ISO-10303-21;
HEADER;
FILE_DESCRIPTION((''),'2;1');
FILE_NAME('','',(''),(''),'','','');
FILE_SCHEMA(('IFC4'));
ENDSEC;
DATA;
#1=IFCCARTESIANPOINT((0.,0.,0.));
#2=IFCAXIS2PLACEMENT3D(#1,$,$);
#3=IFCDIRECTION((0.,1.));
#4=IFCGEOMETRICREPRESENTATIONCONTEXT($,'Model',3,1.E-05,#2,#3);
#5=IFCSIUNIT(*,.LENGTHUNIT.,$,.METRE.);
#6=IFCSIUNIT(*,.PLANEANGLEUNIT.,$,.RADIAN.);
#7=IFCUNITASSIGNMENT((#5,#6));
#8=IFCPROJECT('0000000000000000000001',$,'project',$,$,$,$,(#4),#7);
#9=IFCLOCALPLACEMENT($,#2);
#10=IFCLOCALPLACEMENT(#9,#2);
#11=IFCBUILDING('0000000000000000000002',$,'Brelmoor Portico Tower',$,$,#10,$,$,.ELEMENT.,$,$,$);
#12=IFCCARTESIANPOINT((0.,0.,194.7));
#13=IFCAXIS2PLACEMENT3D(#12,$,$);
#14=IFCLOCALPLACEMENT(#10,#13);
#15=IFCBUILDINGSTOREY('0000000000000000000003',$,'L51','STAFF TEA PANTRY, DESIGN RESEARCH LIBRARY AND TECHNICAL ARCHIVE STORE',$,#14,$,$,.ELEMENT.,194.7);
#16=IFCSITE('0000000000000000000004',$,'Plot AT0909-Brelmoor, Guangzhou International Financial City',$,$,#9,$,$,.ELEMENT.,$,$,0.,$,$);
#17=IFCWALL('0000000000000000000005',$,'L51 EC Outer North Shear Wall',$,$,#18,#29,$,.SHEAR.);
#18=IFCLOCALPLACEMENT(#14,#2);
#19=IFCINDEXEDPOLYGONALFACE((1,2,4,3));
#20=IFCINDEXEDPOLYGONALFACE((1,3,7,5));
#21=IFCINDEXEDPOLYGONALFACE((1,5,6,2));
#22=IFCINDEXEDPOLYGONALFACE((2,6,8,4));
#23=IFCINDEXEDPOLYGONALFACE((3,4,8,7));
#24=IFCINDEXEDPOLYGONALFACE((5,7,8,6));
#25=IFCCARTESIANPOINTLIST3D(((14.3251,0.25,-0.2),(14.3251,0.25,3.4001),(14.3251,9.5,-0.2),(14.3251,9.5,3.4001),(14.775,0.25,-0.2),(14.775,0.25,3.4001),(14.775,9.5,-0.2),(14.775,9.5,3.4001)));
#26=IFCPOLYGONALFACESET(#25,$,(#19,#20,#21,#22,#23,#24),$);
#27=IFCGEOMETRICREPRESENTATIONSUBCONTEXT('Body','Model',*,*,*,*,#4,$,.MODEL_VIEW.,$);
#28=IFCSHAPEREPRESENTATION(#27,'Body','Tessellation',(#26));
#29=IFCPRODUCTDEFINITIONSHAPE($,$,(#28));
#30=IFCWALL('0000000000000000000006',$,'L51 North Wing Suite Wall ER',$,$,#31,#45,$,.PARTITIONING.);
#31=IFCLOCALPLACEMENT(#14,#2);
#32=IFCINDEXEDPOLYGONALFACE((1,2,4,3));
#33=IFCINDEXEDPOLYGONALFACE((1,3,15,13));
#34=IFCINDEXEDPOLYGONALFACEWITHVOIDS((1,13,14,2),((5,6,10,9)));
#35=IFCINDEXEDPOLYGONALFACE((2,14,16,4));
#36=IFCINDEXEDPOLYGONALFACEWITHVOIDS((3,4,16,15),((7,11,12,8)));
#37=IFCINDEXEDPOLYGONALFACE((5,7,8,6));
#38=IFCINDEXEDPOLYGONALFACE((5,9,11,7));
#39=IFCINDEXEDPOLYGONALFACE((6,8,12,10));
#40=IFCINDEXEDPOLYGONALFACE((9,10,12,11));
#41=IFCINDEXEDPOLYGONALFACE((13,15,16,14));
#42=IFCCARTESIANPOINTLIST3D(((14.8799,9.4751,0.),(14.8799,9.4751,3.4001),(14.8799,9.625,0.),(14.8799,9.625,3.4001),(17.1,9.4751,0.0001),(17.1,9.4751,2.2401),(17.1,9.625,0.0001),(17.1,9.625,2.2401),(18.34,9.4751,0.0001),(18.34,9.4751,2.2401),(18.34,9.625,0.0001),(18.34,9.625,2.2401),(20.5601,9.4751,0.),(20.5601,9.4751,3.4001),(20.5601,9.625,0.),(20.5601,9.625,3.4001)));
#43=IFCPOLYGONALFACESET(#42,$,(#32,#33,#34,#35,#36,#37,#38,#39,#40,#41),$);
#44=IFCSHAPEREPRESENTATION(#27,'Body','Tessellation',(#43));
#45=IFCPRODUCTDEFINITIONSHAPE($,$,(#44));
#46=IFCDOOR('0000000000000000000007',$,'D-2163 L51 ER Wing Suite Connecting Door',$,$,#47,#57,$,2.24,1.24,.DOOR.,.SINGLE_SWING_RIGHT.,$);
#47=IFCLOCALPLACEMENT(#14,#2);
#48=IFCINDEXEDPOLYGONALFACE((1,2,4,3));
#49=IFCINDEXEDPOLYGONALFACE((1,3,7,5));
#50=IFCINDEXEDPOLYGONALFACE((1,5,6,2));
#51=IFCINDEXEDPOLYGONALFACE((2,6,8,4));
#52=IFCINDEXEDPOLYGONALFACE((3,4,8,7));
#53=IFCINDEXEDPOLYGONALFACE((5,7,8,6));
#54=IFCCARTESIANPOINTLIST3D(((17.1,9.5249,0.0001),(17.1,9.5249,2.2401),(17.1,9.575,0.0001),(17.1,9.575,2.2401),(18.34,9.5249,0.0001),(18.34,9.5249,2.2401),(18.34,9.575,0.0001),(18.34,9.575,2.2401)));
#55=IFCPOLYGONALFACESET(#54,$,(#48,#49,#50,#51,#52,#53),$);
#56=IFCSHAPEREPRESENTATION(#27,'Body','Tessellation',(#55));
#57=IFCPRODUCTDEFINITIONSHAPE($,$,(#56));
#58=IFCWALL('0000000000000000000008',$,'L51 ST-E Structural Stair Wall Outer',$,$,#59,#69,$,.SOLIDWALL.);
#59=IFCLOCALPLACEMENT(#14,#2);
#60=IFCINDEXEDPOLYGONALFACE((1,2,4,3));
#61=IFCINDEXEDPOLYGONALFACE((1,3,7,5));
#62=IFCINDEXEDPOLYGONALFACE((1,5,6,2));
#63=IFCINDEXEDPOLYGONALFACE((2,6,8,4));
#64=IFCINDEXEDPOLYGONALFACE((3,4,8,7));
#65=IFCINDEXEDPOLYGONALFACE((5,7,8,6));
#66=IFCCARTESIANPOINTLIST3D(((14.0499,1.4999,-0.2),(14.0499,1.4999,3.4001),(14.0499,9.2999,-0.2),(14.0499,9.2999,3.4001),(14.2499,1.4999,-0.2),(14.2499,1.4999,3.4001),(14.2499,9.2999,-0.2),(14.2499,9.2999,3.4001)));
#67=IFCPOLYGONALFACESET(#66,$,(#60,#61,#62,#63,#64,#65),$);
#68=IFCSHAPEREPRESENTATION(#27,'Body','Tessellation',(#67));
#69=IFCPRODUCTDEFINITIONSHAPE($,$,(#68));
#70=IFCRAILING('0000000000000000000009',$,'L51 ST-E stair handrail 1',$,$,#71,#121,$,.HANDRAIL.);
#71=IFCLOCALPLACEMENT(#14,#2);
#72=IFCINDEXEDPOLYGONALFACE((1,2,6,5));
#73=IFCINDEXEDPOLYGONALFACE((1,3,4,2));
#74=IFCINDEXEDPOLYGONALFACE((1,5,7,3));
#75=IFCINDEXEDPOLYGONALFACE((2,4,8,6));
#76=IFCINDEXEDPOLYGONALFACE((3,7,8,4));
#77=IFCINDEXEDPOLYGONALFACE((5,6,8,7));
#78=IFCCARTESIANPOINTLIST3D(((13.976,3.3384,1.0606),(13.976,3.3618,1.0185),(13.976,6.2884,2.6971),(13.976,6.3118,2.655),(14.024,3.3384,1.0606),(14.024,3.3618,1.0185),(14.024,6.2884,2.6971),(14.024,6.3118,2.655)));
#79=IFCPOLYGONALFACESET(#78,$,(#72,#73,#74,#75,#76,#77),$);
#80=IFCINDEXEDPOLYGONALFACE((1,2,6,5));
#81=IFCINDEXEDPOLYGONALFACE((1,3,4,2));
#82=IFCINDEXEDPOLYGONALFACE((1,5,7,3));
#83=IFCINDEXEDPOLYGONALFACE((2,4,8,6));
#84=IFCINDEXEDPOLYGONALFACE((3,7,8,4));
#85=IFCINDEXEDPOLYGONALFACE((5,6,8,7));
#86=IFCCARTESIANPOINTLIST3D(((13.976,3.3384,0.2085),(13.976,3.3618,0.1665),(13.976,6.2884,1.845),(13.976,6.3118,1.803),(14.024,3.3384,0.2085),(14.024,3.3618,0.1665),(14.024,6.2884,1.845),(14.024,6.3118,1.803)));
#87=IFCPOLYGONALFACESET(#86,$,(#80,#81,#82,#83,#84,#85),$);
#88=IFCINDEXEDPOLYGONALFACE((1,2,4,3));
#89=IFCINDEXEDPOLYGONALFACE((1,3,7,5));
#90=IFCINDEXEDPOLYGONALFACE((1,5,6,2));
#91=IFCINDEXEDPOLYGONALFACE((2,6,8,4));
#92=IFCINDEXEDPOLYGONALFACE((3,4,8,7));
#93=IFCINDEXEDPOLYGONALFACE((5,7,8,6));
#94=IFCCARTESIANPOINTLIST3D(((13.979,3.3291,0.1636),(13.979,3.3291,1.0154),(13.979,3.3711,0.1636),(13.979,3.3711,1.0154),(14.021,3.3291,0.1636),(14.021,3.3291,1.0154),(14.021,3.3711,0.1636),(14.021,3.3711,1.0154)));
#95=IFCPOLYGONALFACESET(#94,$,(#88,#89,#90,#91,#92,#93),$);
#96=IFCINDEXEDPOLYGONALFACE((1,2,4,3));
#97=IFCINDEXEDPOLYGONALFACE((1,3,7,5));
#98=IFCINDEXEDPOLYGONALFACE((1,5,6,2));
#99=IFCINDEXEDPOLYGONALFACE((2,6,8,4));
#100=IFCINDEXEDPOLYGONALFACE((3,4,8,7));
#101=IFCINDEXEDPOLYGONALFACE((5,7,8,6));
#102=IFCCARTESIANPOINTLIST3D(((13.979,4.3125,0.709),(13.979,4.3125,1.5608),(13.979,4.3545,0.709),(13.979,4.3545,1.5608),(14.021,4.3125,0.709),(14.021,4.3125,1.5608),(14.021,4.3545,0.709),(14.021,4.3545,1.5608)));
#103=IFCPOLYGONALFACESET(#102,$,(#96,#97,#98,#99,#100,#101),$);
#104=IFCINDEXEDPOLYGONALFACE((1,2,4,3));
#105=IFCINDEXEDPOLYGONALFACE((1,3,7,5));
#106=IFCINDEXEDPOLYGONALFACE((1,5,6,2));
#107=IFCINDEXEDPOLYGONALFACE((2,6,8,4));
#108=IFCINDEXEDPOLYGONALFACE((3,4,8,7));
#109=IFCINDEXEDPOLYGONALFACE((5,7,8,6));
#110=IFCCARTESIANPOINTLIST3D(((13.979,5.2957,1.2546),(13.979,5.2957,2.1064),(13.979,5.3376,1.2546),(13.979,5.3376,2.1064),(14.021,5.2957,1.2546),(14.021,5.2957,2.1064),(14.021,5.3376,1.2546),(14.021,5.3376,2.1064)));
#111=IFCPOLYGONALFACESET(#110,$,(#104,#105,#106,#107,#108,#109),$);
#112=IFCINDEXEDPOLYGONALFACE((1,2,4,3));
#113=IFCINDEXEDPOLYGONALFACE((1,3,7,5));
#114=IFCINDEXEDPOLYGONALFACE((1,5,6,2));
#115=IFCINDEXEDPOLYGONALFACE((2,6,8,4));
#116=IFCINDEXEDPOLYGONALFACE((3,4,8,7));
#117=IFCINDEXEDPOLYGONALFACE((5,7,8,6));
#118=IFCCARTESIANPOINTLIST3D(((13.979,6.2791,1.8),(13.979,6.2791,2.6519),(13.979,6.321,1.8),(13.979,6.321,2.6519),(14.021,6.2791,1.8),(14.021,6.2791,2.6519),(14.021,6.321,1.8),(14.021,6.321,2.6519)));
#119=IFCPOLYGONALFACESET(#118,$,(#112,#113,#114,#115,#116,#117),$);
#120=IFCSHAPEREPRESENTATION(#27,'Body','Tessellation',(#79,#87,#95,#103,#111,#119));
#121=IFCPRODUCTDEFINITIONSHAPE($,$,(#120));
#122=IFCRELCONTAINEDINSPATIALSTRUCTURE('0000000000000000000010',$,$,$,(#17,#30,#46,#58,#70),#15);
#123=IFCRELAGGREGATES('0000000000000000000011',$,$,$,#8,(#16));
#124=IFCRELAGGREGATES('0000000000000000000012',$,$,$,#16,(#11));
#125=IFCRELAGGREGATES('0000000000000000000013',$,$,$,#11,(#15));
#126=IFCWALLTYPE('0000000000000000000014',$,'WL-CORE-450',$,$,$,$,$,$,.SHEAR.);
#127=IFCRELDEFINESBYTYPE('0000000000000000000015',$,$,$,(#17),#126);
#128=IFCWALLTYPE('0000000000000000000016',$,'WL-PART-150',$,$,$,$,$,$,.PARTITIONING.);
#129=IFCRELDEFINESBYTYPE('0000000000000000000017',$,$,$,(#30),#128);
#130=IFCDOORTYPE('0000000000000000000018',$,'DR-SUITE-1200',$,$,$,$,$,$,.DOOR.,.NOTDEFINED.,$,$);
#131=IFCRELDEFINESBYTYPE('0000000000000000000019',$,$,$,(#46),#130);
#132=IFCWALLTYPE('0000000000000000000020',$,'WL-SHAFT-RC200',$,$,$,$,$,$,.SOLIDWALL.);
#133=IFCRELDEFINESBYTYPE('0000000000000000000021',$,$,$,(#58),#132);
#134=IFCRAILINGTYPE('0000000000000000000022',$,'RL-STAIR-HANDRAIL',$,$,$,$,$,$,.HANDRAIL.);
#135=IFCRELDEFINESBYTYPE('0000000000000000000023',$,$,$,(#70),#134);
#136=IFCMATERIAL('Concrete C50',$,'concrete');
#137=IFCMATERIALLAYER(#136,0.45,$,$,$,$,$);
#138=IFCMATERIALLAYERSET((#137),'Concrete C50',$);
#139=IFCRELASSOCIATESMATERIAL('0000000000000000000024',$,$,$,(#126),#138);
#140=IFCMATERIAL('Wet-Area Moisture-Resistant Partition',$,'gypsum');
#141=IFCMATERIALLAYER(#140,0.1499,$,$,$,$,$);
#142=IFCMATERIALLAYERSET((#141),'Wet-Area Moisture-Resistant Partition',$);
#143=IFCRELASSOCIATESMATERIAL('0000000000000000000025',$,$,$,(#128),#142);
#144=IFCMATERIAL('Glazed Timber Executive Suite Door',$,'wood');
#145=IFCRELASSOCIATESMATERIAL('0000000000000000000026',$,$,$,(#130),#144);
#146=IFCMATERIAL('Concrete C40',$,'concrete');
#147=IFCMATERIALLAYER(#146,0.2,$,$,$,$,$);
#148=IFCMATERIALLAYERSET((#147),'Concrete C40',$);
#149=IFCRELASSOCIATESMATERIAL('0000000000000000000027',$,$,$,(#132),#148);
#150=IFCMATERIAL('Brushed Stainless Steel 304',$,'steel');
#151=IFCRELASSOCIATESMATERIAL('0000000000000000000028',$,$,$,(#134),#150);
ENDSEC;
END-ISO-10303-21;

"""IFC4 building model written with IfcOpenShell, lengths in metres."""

from ifc_helpers import new_model, si_unit, direction, frame, frame_2d, origin, origin_2d, place, context, subcontext, project, spatial, rectangle, extrude, material, layer, layer_set, type_object, element, fill, save


model = new_model("IFC4")

# Units and contexts
model_context = context("Model", 3, precision=1e-05, world=origin(), true_north=direction((0.0, 1.0)))
body_context = subcontext(model_context, "Body", "Model", "MODEL_VIEW")
ifc_project = project(units=[si_unit("LENGTHUNIT", "METRE"), si_unit("PLANEANGLEUNIT", "RADIAN")], contexts=[model_context])

# Site, building, storey
site_placement = place(None, origin())
site = spatial("IfcSite", under=ifc_project, at=site_placement, Name="Plot AT0909-Brelmoor, Guangzhou International Financial City", CompositionType="ELEMENT", RefElevation=0.0)
building_placement = place(site_placement, origin())
building = spatial("IfcBuilding", under=site, at=building_placement, Name="Brelmoor Portico Tower", CompositionType="ELEMENT")
storey_placement = place(building_placement, frame((0.0, 0.0, 194.7)))
storey = spatial("IfcBuildingStorey", under=building, at=storey_placement, Name="L51", Description="STAFF TEA PANTRY, DESIGN RESEARCH LIBRARY AND TECHNICAL ARCHIVE STORE", CompositionType="ELEMENT", Elevation=194.7)

# Wall
ifc_material_1 = material(Name="Concrete C50", Category="concrete")
ifc_layer_1 = layer(ifc_material_1, 0.45)
ifc_layer_set_1 = layer_set([ifc_layer_1], Name="Concrete C50")
wall_type_1 = type_object("IfcWallType", Name="WL-CORE-450", PredefinedType="SHEAR", material=ifc_layer_set_1)
wall_1_placement = place(storey_placement, frame((14.55, 0.25, -0.2), z_axis=(0.0, 0.0, 1.0), x_axis=(0.0, 1.0, 0.0)))
element("IfcWall", 1, at=wall_1_placement, inside=storey, type_object=wall_type_1, Name="L51 EC Outer North Shear Wall", PredefinedType="SHEAR", context=body_context, shape_type="SweptSolid", body=[
    extrude(rectangle(XDim=9.25, YDim=0.45, at=frame_2d((4.625, 0.0))), origin(), (0.0, 0.0, 1.0), 3.6001),
])

# Wall, opening, door
ifc_material_2 = material(Name="Wet-Area Moisture-Resistant Partition", Category="gypsum")
ifc_layer_2 = layer(ifc_material_2, 0.1499)
ifc_layer_set_2 = layer_set([ifc_layer_2], Name="Wet-Area Moisture-Resistant Partition")
wall_type_2 = type_object("IfcWallType", Name="WL-PART-150", PredefinedType="PARTITIONING", material=ifc_layer_set_2)
wall_2_placement = place(storey_placement, frame((14.8799, 9.55, 0.0), z_axis=(0.0, 0.0, 1.0), x_axis=(1.0, 0.0, 0.0)))
wall_2 = element("IfcWall", 2, at=wall_2_placement, inside=storey, type_object=wall_type_2, Name="L51 North Wing Suite Wall ER", PredefinedType="PARTITIONING", context=body_context, shape_type="SweptSolid", body=[
    extrude(rectangle(XDim=5.6802, YDim=0.1499, at=frame_2d((2.8401, 0.0))), origin(), (0.0, 0.0, 1.0), 3.4001),
])
opening_placement = place(wall_2_placement, frame((2.22, 0.0, 0.0)))
opening = element("IfcOpeningElement", 3, at=opening_placement, cuts=wall_2, PredefinedType="OPENING", context=body_context, shape_type="SweptSolid", body=[
    extrude(rectangle(XDim=1.24, YDim=2.24, at=frame_2d((0.6201, 1.1201))), frame((0.0, 0.085, 0.0), z_axis=(0.0, -1.0, 0.0), x_axis=(1.0, 0.0, 0.0)), (0.0, 0.0, 1.0), 0.1699),
])
ifc_material_3 = material(Name="Glazed Timber Executive Suite Door", Category="wood")
door_type = type_object("IfcDoorType", Name="DR-SUITE-1200", OperationType="NOTDEFINED", PredefinedType="DOOR", material=ifc_material_3)
door_placement = place(opening_placement, origin())
door = element("IfcDoor", 4, at=door_placement, inside=storey, type_object=door_type, Name="D-2163 L51 ER Wing Suite Connecting Door", OperationType="SINGLE_SWING_RIGHT", OverallHeight=2.24, OverallWidth=1.24, PredefinedType="DOOR", context=body_context, shape_type="SweptSolid", body=[
    extrude(rectangle(XDim=1.24, YDim=2.24, at=frame_2d((0.6201, 1.1201))), frame((0.0, 0.0249, 0.0), z_axis=(0.0, -1.0, 0.0), x_axis=(1.0, 0.0, 0.0)), (0.0, 0.0, 1.0), 0.05),
])
fill(opening, door)

# Wall
ifc_material_4 = material(Name="Concrete C40", Category="concrete")
ifc_layer_3 = layer(ifc_material_4, 0.2)
ifc_layer_set_3 = layer_set([ifc_layer_3], Name="Concrete C40")
wall_type_3 = type_object("IfcWallType", Name="WL-SHAFT-RC200", PredefinedType="SOLIDWALL", material=ifc_layer_set_3)
wall_3_placement = place(storey_placement, frame((14.1499, 1.5, -0.2), z_axis=(0.0, 0.0, 1.0), x_axis=(0.0, 1.0, 0.0)))
element("IfcWall", 5, at=wall_3_placement, inside=storey, type_object=wall_type_3, Name="L51 ST-E Structural Stair Wall Outer", PredefinedType="SOLIDWALL", context=body_context, shape_type="SweptSolid", body=[
    extrude(rectangle(XDim=7.8, YDim=0.2, at=frame_2d((3.8999, 0.0))), origin(), (0.0, 0.0, 1.0), 3.6001),
])

# Railing
ifc_material_5 = material(Name="Brushed Stainless Steel 304", Category="steel")
railing_type = type_object("IfcRailingType", Name="RL-STAIR-HANDRAIL", PredefinedType="HANDRAIL", material=ifc_material_5)
railing_placement = place(storey_placement, frame((14.0, 3.3501, 0.1636)))
element("IfcRailing", 6, at=railing_placement, inside=storey, type_object=railing_type, Name="L51 ST-E stair handrail 1", PredefinedType="HANDRAIL", context=body_context, shape_type="SweptSolid", body=[
    extrude(rectangle(XDim=0.0481, YDim=0.0481, at=origin_2d()), frame((0.0, 0.0, 0.876), z_axis=(0.0, 0.874458, 0.485102), x_axis=(-1.0, 0.0, 0.0)), (0.0, 0.0, 1.0), 3.3735),
    extrude(rectangle(XDim=0.0481, YDim=0.0481, at=origin_2d()), frame((0.0, 0.0, 0.0239), z_axis=(0.0, 0.874458, 0.485102), x_axis=(-1.0, 0.0, 0.0)), (0.0, 0.0, 1.0), 3.3735),
    extrude(rectangle(XDim=0.042, YDim=0.042, at=origin_2d()), origin(), (0.0, 0.0, 1.0), 0.8518),
    extrude(rectangle(XDim=0.042, YDim=0.042, at=origin_2d()), frame((0.0, 0.9834, 0.5454)), (0.0, 0.0, 1.0), 0.8518),
    extrude(rectangle(XDim=0.042, YDim=0.042, at=origin_2d()), frame((0.0, 1.9666, 1.0911)), (0.0, 0.0, 1.0), 0.8518),
    extrude(rectangle(XDim=0.042, YDim=0.042, at=origin_2d()), frame((0.0, 2.95, 1.6365)), (0.0, 0.0, 1.0), 0.8518),
])

save(model, "model.ifc")
